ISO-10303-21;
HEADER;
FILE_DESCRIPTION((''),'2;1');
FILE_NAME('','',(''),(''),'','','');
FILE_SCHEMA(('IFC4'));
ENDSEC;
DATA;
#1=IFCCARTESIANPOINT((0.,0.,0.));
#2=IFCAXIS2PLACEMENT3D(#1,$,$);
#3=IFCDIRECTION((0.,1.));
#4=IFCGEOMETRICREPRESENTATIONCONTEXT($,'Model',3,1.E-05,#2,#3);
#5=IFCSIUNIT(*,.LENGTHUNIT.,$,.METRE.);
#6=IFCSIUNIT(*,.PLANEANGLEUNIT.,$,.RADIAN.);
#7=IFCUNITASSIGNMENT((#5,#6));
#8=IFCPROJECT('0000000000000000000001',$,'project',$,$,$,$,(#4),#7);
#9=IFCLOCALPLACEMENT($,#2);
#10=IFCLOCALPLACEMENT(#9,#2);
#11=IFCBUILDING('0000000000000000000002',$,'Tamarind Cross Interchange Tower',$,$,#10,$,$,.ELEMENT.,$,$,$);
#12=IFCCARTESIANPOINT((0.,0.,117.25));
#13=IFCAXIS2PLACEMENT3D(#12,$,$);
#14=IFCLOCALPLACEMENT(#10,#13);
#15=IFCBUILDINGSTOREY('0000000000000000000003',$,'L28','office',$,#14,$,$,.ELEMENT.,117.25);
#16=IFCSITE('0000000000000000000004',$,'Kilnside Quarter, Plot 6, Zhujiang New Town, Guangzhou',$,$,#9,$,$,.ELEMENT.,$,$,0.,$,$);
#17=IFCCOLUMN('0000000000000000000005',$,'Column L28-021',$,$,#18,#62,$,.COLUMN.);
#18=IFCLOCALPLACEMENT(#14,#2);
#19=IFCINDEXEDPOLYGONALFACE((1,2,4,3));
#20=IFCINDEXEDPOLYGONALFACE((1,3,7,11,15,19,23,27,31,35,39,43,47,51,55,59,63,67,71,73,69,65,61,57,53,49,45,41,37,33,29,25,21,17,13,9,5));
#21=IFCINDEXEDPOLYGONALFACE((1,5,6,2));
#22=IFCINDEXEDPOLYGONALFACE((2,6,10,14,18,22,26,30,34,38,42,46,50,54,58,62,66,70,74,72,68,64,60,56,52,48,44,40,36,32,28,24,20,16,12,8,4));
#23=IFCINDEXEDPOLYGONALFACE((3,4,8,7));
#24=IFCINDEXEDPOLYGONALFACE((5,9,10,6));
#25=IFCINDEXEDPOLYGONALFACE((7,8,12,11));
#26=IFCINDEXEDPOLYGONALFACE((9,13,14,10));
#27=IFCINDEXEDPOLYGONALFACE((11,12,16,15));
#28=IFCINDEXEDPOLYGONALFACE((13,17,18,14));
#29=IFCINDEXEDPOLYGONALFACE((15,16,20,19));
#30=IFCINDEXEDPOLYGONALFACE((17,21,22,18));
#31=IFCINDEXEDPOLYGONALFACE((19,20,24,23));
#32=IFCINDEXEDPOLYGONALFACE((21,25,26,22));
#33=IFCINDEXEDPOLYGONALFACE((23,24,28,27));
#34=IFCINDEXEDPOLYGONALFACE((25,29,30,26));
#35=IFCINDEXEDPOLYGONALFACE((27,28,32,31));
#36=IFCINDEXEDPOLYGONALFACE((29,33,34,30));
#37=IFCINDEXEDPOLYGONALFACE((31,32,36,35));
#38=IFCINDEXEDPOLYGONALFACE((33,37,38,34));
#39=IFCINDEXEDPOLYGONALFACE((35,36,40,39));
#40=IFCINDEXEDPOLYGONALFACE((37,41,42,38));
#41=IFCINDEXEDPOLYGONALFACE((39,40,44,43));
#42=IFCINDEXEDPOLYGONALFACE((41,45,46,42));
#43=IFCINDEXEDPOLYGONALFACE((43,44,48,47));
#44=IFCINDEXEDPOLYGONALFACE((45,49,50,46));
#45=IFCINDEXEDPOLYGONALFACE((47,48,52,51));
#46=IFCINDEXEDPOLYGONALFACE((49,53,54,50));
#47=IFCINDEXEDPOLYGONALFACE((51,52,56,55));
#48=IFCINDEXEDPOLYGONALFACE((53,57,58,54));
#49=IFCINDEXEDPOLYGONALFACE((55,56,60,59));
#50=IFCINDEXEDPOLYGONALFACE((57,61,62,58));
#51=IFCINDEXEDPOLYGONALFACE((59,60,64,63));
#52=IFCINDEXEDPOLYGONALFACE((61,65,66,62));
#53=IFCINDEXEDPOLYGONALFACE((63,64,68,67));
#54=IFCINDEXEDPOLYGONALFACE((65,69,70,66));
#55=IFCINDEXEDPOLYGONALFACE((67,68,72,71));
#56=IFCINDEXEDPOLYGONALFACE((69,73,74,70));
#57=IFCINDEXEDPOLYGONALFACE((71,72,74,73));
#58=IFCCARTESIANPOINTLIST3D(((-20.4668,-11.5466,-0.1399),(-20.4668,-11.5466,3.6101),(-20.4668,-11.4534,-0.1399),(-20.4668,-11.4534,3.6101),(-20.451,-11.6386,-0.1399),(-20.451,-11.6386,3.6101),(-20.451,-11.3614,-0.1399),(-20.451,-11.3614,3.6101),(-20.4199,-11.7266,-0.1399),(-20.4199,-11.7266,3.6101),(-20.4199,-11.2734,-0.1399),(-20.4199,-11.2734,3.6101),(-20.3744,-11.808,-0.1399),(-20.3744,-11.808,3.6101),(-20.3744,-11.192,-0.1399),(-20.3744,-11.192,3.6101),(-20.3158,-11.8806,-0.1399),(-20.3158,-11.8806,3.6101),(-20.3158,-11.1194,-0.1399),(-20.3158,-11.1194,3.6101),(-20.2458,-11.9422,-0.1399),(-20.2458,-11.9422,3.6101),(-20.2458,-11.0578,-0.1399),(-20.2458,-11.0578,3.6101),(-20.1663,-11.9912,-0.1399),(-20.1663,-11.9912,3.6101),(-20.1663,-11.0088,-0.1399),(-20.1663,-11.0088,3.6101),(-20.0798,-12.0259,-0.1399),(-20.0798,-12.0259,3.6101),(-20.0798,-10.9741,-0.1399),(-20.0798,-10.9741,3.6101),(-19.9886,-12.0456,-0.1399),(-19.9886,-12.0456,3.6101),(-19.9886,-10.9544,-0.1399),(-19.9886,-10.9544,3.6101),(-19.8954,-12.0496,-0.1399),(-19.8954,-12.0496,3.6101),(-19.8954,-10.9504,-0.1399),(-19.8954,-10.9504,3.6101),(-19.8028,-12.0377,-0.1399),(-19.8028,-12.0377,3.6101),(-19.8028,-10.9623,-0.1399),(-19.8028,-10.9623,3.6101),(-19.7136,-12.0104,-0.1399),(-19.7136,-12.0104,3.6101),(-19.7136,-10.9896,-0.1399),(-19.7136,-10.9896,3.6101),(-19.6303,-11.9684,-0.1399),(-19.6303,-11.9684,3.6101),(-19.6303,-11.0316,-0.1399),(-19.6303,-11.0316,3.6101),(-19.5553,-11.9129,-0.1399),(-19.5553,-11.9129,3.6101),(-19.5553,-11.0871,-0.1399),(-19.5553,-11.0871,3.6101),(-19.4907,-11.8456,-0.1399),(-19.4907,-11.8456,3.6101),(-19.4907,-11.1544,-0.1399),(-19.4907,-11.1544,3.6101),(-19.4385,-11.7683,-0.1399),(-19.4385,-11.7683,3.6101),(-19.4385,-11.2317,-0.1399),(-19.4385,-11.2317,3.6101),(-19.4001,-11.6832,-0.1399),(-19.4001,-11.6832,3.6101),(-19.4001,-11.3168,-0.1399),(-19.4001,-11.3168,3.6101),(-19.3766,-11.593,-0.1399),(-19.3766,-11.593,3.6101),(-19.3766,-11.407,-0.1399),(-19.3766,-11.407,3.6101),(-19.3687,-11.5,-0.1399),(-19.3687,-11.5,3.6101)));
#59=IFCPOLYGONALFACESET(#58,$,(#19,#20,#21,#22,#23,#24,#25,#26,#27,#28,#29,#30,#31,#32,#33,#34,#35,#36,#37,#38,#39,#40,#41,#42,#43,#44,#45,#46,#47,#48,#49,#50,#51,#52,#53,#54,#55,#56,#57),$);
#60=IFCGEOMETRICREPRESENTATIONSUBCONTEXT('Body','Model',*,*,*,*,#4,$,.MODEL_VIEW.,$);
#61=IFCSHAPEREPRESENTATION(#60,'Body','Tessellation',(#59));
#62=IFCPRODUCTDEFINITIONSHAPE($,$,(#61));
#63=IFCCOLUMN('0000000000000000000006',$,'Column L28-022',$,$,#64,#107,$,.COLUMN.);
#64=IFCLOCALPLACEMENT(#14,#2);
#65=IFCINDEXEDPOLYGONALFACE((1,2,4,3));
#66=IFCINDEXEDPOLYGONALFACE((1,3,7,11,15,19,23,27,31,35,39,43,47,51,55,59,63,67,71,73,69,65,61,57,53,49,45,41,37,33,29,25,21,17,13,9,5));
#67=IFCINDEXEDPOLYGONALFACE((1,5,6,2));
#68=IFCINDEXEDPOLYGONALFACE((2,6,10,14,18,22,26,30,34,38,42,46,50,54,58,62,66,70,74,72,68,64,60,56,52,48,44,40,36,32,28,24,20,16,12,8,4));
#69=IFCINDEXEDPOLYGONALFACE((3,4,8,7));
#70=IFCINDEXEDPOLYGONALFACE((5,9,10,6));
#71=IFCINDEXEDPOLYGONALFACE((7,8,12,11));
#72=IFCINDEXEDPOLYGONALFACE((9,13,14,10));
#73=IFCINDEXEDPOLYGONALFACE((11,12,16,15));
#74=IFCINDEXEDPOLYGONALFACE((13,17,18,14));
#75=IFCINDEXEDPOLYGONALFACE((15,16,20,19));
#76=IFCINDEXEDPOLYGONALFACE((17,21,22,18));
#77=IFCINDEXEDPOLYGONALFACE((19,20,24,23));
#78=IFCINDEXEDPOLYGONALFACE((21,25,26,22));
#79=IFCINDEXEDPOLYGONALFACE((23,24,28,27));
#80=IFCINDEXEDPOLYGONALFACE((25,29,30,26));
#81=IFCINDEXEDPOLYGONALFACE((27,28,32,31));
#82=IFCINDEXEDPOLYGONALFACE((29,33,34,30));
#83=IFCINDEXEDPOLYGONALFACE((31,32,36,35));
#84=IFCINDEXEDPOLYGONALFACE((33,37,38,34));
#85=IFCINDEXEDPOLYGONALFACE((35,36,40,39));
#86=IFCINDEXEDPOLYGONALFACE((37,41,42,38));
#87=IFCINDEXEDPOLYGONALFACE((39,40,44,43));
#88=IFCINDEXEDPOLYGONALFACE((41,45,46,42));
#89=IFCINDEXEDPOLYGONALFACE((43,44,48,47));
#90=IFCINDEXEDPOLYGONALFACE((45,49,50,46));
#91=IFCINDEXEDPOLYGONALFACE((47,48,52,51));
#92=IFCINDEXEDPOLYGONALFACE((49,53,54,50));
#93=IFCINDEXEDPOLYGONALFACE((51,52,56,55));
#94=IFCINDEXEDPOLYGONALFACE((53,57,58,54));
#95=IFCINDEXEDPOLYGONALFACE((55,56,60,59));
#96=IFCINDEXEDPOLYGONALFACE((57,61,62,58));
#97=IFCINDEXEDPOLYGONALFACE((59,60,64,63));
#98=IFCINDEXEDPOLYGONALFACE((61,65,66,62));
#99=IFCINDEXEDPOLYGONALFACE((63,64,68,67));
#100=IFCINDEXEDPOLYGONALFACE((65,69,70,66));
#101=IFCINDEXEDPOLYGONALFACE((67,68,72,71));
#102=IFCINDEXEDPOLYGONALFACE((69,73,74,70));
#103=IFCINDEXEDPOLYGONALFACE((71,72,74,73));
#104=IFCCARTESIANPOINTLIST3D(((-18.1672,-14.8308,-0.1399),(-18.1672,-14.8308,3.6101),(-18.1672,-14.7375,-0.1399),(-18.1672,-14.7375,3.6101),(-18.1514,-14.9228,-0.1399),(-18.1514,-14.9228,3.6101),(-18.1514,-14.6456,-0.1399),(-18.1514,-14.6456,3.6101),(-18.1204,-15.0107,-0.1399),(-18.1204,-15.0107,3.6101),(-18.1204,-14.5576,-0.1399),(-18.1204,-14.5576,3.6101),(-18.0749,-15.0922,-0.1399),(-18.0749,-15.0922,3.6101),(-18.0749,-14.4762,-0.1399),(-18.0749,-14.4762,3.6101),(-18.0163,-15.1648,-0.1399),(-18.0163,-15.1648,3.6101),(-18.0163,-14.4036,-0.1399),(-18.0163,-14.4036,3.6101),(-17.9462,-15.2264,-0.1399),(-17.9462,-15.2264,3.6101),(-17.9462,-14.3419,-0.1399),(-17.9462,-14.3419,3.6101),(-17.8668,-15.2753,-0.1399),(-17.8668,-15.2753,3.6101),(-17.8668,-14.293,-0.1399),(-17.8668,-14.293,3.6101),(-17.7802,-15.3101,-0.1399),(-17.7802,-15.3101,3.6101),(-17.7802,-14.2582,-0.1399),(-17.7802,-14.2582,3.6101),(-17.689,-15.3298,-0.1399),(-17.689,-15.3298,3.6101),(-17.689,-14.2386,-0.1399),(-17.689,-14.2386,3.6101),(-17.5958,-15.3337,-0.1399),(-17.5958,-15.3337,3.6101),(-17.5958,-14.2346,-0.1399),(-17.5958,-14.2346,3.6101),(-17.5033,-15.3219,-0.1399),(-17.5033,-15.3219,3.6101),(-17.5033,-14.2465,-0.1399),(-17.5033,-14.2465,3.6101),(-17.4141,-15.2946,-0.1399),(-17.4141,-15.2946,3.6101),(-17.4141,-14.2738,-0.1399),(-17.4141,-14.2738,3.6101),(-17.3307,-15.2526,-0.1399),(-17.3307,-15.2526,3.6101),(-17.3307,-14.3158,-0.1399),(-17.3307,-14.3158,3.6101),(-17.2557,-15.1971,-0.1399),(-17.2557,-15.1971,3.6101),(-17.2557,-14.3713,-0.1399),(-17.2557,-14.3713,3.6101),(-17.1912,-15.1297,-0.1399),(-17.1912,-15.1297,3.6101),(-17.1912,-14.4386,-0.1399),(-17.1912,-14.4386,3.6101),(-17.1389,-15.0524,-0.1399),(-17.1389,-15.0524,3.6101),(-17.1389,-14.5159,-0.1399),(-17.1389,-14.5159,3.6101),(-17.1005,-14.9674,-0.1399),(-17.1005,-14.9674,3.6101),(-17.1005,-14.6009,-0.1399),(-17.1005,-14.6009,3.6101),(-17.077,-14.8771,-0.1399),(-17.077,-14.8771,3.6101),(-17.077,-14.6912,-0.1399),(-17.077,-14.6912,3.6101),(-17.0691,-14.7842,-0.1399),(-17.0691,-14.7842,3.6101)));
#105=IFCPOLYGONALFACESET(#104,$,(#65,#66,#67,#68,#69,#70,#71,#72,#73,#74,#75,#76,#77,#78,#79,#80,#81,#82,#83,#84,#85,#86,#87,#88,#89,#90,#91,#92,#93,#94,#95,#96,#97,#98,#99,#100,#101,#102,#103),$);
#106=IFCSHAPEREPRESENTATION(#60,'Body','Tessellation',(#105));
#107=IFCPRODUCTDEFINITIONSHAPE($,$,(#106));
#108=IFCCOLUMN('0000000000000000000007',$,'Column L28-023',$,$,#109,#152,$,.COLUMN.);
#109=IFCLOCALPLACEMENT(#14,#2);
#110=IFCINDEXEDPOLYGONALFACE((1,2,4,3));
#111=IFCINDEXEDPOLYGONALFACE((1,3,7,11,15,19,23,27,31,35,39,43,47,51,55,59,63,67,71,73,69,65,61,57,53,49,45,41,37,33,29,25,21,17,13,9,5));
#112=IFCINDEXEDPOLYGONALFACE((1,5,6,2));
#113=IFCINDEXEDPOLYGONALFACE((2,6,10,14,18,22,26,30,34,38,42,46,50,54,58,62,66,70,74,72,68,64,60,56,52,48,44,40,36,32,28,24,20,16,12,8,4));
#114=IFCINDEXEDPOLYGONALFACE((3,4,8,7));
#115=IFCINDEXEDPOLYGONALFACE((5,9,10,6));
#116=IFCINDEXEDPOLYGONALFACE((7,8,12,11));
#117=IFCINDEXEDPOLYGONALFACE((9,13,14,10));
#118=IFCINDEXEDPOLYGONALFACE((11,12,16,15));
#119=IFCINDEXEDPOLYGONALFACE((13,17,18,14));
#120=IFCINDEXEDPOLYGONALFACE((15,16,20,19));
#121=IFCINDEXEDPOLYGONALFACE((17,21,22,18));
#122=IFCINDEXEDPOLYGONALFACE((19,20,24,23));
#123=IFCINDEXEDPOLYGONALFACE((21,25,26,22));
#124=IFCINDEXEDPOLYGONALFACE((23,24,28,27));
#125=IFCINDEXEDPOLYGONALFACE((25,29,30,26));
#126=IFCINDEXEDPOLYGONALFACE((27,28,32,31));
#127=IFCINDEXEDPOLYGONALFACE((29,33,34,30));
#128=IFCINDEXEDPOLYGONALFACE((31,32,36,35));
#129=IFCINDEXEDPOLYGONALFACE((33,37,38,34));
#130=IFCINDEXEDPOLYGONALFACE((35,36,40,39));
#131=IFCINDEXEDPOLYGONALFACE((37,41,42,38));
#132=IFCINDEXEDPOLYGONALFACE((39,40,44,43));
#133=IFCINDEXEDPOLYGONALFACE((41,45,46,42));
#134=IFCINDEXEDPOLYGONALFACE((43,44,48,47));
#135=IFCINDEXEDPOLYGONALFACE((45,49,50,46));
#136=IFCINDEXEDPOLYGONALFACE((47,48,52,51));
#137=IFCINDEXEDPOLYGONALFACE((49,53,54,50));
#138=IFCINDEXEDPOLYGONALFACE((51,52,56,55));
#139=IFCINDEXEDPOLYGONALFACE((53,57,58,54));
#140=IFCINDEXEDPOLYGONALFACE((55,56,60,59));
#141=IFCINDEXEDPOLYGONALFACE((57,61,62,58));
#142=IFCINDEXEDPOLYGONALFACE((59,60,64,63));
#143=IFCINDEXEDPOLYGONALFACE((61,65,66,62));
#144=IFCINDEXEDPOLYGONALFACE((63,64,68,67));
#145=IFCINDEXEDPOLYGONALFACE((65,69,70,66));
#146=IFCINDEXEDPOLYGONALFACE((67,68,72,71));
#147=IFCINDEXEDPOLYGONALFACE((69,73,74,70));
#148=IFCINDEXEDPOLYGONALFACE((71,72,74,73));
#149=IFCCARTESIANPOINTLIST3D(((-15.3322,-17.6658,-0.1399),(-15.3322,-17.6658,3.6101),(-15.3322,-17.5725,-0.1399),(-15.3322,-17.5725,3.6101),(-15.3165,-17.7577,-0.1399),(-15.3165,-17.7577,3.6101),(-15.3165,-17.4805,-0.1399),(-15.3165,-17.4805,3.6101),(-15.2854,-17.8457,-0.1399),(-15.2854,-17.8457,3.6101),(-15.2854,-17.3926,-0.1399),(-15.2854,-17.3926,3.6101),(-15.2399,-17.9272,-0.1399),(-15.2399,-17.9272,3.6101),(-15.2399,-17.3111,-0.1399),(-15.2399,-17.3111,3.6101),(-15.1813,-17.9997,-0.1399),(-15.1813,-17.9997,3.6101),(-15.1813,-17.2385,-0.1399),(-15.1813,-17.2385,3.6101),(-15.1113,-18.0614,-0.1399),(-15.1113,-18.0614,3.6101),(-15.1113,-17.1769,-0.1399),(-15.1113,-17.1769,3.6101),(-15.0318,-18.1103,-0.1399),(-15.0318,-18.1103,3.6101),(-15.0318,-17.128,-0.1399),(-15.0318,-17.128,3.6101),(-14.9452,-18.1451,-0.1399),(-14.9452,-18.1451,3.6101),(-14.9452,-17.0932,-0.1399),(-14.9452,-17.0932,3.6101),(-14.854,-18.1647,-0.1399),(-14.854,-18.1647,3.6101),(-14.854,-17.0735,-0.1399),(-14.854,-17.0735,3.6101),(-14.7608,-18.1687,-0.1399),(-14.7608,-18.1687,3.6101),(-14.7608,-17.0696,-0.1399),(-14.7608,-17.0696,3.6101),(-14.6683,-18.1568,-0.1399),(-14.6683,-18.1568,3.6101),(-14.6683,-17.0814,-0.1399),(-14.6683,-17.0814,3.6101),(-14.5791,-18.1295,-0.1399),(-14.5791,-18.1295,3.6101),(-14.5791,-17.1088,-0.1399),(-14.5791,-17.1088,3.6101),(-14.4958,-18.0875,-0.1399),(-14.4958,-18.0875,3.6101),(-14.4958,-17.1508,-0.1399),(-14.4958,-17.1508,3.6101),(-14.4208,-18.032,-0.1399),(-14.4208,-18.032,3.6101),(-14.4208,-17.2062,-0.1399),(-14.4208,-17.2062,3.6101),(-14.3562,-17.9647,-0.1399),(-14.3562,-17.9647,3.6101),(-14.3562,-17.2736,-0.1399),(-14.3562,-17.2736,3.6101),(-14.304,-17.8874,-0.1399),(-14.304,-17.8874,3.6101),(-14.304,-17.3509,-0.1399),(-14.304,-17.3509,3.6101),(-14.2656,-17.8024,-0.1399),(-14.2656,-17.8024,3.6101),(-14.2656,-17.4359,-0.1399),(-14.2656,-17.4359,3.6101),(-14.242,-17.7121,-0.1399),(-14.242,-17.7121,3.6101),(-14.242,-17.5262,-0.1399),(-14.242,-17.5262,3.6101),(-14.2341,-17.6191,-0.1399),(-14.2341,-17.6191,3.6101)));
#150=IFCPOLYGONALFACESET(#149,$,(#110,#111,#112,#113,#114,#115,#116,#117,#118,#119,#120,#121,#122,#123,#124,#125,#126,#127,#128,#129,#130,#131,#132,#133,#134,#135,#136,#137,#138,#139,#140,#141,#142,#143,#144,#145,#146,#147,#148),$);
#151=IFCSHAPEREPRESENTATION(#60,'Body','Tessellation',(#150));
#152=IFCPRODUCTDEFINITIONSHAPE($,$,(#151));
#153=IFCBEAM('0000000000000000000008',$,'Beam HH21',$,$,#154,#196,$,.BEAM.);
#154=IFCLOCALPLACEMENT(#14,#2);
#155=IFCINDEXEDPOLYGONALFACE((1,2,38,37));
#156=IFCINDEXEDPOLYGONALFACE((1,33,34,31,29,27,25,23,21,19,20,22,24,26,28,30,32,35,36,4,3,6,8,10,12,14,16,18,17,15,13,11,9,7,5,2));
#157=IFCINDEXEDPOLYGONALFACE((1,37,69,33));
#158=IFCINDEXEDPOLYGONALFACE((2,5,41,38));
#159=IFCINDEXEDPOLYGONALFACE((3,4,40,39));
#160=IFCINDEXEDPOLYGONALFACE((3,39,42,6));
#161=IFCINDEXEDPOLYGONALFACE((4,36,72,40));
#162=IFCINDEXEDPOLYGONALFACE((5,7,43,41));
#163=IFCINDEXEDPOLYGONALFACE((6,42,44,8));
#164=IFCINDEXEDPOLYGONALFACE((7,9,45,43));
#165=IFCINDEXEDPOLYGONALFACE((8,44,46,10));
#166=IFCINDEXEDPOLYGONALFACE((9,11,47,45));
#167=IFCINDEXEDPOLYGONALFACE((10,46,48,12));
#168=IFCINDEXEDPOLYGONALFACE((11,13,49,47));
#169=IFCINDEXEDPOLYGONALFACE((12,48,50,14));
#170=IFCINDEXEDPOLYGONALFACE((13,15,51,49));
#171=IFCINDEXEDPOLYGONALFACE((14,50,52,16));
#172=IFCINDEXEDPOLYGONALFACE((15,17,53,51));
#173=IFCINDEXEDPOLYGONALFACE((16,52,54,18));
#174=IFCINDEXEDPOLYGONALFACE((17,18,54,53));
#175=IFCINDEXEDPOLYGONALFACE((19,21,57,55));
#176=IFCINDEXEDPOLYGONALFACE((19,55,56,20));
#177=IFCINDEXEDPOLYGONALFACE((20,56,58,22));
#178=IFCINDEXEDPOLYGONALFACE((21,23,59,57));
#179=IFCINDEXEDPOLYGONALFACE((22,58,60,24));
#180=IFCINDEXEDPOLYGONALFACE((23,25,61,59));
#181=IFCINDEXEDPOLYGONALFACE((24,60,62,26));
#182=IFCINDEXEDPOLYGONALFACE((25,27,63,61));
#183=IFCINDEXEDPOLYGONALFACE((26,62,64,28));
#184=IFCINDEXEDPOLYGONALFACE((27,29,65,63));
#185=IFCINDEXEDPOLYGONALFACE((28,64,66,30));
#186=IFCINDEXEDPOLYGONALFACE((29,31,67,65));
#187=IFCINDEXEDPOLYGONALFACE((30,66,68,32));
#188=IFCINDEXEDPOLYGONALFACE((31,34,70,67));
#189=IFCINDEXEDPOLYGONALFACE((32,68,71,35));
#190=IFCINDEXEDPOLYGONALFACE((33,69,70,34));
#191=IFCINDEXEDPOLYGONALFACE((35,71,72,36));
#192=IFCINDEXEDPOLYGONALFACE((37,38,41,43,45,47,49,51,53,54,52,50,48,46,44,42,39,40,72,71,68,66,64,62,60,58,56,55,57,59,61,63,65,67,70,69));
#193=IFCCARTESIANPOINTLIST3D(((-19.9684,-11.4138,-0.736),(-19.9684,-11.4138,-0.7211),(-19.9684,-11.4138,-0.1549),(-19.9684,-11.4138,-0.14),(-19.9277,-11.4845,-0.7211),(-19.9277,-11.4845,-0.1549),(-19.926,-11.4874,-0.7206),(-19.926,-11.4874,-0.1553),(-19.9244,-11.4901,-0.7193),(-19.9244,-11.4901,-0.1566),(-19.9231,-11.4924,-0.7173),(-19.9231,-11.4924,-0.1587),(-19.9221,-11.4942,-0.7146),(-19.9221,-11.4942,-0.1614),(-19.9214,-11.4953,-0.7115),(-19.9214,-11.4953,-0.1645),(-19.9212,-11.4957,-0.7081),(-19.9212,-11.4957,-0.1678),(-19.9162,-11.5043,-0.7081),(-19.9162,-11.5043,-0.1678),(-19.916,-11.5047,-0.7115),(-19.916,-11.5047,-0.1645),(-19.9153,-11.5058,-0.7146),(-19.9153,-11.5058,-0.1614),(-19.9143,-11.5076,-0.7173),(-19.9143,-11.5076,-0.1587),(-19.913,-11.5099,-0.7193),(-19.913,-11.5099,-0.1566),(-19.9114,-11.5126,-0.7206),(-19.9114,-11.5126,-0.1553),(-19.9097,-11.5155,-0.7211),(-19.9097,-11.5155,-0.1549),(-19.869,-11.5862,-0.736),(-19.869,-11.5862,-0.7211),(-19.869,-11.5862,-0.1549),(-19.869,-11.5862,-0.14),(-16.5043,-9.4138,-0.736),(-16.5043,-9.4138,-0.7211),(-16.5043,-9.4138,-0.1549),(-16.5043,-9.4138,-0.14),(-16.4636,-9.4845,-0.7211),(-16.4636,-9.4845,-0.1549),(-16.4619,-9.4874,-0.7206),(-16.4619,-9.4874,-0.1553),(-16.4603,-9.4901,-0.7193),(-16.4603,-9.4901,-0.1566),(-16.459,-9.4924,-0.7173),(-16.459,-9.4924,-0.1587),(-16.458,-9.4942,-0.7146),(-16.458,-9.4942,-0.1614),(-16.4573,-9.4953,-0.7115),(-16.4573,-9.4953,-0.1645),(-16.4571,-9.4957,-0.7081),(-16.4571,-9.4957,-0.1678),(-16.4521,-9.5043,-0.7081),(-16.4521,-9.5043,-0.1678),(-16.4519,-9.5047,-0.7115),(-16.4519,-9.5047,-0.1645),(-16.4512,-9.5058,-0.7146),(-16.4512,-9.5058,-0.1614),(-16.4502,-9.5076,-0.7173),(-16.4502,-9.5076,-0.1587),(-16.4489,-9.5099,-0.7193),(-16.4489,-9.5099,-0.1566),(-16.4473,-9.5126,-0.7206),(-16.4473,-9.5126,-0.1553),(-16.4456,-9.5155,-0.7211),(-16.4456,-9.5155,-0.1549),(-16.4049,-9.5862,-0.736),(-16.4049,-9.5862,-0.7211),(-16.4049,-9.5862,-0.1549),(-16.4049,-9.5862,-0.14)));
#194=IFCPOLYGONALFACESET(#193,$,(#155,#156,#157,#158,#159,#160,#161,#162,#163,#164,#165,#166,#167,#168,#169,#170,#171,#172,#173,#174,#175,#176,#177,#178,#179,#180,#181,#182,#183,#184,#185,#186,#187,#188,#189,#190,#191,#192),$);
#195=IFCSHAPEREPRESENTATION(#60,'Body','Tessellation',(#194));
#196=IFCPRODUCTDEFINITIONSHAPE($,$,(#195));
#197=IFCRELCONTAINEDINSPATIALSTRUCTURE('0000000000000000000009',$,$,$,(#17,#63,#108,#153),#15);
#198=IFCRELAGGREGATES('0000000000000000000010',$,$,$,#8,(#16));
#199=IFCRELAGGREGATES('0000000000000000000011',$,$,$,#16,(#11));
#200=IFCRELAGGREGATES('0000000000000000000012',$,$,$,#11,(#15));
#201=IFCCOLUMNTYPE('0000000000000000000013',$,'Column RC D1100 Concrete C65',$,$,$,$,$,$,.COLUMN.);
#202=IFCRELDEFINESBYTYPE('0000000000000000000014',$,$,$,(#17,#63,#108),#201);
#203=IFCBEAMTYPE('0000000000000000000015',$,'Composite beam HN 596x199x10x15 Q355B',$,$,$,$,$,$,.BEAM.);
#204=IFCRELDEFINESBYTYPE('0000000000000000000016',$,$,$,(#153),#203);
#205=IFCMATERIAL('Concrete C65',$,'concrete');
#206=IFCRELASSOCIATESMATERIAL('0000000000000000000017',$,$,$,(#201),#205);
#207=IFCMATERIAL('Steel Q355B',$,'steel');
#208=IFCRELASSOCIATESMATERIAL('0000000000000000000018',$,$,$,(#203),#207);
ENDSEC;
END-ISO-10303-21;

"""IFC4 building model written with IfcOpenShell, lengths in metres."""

from ifc_helpers import new_model, si_unit, direction, frame, origin, origin_2d, place, context, subcontext, project, spatial, circle, i_section, extrude, material, material_profile, profile_set, type_object, element, save


model = new_model("IFC4")

# Units and contexts
model_context = context("Model", 3, precision=1e-05, world=origin(), true_north=direction((0.0, 1.0)))
body_context = subcontext(model_context, "Body", "Model", "MODEL_VIEW")
ifc_project = project(units=[si_unit("LENGTHUNIT", "METRE"), si_unit("PLANEANGLEUNIT", "RADIAN")], contexts=[model_context])

# Site, building, storey
site_placement = place(None, origin())
site = spatial("IfcSite", under=ifc_project, at=site_placement, Name="Kilnside Quarter, Plot 6, Zhujiang New Town, Guangzhou", CompositionType="ELEMENT", RefElevation=0.0)
building_placement = place(site_placement, origin())
building = spatial("IfcBuilding", under=site, at=building_placement, Name="Tamarind Cross Interchange Tower", CompositionType="ELEMENT")
storey_placement = place(building_placement, frame((0.0, 0.0, 117.25)))
storey = spatial("IfcBuildingStorey", under=building, at=storey_placement, Name="L28", Description="office", CompositionType="ELEMENT", Elevation=117.25)

# Columns
ifc_material_1 = material(Name="Concrete C65", Category="concrete")
ifc_material_profile_1 = material_profile(ifc_material_1, circle(Radius=0.55, at=origin_2d()), Name="RC D1100")
ifc_profile_set_1 = profile_set([ifc_material_profile_1], Name="Concrete C65")
column_type = type_object("IfcColumnType", Name="Column RC D1100 Concrete C65", PredefinedType="COLUMN", material=ifc_profile_set_1)
for number, where, z_axis, x_axis, name in (
    (1, (-19.9187, -11.5, -0.1399), (0.0, 0.0, 1.0), (1.0, 0.0, 0.0), "Column L28-021"),
    (2, (-17.6191, -14.7842, -0.1399), (0.0, 0.0, 1.0), (1.0, 0.0, 0.0), "Column L28-022"),
    (3, (-14.7842, -17.6191, -0.1399), (0.0, 0.0, 1.0), (1.0, 0.0, 0.0), "Column L28-023"),
):
    element("IfcColumn", number, at=place(storey_placement, frame(where, z_axis=z_axis, x_axis=x_axis)), inside=storey, type_object=column_type, Name=name, PredefinedType="COLUMN", context=body_context, shape_type="SweptSolid", body=[
        extrude(circle(Radius=0.55, at=origin_2d()), origin(), (0.0, 0.0, 1.0), 3.75),
    ])

# Beam
ifc_material_2 = material(Name="Steel Q355B", Category="steel")
ifc_material_profile_2 = material_profile(ifc_material_2, i_section(OverallWidth=0.199, OverallDepth=0.5959, WebThickness=0.01, FlangeThickness=0.0149, FilletRadius=0.0129, at=origin_2d()), Name="HN 596x199x10x15")
ifc_profile_set_2 = profile_set([ifc_material_profile_2], Name="Steel Q355B")
beam_type = type_object("IfcBeamType", Name="Composite beam HN 596x199x10x15 Q355B", PredefinedType="BEAM", material=ifc_profile_set_2)
beam_1_placement = place(storey_placement, frame((-19.9187, -11.5, -0.438), z_axis=(0.866026, 0.499999, 0.0), x_axis=(-0.499999, 0.866026, 0.0)))
element("IfcBeam", 4, at=beam_1_placement, inside=storey, type_object=beam_type, Name="Beam HH21", PredefinedType="BEAM", context=body_context, shape_type="SweptSolid", body=[
    extrude(i_section(OverallWidth=0.199, OverallDepth=0.5959, WebThickness=0.01, FlangeThickness=0.0149, FilletRadius=0.0129, at=origin_2d()), origin(), (0.0, 0.0, 1.0), 4.0),
])

save(model, "model.ifc")
